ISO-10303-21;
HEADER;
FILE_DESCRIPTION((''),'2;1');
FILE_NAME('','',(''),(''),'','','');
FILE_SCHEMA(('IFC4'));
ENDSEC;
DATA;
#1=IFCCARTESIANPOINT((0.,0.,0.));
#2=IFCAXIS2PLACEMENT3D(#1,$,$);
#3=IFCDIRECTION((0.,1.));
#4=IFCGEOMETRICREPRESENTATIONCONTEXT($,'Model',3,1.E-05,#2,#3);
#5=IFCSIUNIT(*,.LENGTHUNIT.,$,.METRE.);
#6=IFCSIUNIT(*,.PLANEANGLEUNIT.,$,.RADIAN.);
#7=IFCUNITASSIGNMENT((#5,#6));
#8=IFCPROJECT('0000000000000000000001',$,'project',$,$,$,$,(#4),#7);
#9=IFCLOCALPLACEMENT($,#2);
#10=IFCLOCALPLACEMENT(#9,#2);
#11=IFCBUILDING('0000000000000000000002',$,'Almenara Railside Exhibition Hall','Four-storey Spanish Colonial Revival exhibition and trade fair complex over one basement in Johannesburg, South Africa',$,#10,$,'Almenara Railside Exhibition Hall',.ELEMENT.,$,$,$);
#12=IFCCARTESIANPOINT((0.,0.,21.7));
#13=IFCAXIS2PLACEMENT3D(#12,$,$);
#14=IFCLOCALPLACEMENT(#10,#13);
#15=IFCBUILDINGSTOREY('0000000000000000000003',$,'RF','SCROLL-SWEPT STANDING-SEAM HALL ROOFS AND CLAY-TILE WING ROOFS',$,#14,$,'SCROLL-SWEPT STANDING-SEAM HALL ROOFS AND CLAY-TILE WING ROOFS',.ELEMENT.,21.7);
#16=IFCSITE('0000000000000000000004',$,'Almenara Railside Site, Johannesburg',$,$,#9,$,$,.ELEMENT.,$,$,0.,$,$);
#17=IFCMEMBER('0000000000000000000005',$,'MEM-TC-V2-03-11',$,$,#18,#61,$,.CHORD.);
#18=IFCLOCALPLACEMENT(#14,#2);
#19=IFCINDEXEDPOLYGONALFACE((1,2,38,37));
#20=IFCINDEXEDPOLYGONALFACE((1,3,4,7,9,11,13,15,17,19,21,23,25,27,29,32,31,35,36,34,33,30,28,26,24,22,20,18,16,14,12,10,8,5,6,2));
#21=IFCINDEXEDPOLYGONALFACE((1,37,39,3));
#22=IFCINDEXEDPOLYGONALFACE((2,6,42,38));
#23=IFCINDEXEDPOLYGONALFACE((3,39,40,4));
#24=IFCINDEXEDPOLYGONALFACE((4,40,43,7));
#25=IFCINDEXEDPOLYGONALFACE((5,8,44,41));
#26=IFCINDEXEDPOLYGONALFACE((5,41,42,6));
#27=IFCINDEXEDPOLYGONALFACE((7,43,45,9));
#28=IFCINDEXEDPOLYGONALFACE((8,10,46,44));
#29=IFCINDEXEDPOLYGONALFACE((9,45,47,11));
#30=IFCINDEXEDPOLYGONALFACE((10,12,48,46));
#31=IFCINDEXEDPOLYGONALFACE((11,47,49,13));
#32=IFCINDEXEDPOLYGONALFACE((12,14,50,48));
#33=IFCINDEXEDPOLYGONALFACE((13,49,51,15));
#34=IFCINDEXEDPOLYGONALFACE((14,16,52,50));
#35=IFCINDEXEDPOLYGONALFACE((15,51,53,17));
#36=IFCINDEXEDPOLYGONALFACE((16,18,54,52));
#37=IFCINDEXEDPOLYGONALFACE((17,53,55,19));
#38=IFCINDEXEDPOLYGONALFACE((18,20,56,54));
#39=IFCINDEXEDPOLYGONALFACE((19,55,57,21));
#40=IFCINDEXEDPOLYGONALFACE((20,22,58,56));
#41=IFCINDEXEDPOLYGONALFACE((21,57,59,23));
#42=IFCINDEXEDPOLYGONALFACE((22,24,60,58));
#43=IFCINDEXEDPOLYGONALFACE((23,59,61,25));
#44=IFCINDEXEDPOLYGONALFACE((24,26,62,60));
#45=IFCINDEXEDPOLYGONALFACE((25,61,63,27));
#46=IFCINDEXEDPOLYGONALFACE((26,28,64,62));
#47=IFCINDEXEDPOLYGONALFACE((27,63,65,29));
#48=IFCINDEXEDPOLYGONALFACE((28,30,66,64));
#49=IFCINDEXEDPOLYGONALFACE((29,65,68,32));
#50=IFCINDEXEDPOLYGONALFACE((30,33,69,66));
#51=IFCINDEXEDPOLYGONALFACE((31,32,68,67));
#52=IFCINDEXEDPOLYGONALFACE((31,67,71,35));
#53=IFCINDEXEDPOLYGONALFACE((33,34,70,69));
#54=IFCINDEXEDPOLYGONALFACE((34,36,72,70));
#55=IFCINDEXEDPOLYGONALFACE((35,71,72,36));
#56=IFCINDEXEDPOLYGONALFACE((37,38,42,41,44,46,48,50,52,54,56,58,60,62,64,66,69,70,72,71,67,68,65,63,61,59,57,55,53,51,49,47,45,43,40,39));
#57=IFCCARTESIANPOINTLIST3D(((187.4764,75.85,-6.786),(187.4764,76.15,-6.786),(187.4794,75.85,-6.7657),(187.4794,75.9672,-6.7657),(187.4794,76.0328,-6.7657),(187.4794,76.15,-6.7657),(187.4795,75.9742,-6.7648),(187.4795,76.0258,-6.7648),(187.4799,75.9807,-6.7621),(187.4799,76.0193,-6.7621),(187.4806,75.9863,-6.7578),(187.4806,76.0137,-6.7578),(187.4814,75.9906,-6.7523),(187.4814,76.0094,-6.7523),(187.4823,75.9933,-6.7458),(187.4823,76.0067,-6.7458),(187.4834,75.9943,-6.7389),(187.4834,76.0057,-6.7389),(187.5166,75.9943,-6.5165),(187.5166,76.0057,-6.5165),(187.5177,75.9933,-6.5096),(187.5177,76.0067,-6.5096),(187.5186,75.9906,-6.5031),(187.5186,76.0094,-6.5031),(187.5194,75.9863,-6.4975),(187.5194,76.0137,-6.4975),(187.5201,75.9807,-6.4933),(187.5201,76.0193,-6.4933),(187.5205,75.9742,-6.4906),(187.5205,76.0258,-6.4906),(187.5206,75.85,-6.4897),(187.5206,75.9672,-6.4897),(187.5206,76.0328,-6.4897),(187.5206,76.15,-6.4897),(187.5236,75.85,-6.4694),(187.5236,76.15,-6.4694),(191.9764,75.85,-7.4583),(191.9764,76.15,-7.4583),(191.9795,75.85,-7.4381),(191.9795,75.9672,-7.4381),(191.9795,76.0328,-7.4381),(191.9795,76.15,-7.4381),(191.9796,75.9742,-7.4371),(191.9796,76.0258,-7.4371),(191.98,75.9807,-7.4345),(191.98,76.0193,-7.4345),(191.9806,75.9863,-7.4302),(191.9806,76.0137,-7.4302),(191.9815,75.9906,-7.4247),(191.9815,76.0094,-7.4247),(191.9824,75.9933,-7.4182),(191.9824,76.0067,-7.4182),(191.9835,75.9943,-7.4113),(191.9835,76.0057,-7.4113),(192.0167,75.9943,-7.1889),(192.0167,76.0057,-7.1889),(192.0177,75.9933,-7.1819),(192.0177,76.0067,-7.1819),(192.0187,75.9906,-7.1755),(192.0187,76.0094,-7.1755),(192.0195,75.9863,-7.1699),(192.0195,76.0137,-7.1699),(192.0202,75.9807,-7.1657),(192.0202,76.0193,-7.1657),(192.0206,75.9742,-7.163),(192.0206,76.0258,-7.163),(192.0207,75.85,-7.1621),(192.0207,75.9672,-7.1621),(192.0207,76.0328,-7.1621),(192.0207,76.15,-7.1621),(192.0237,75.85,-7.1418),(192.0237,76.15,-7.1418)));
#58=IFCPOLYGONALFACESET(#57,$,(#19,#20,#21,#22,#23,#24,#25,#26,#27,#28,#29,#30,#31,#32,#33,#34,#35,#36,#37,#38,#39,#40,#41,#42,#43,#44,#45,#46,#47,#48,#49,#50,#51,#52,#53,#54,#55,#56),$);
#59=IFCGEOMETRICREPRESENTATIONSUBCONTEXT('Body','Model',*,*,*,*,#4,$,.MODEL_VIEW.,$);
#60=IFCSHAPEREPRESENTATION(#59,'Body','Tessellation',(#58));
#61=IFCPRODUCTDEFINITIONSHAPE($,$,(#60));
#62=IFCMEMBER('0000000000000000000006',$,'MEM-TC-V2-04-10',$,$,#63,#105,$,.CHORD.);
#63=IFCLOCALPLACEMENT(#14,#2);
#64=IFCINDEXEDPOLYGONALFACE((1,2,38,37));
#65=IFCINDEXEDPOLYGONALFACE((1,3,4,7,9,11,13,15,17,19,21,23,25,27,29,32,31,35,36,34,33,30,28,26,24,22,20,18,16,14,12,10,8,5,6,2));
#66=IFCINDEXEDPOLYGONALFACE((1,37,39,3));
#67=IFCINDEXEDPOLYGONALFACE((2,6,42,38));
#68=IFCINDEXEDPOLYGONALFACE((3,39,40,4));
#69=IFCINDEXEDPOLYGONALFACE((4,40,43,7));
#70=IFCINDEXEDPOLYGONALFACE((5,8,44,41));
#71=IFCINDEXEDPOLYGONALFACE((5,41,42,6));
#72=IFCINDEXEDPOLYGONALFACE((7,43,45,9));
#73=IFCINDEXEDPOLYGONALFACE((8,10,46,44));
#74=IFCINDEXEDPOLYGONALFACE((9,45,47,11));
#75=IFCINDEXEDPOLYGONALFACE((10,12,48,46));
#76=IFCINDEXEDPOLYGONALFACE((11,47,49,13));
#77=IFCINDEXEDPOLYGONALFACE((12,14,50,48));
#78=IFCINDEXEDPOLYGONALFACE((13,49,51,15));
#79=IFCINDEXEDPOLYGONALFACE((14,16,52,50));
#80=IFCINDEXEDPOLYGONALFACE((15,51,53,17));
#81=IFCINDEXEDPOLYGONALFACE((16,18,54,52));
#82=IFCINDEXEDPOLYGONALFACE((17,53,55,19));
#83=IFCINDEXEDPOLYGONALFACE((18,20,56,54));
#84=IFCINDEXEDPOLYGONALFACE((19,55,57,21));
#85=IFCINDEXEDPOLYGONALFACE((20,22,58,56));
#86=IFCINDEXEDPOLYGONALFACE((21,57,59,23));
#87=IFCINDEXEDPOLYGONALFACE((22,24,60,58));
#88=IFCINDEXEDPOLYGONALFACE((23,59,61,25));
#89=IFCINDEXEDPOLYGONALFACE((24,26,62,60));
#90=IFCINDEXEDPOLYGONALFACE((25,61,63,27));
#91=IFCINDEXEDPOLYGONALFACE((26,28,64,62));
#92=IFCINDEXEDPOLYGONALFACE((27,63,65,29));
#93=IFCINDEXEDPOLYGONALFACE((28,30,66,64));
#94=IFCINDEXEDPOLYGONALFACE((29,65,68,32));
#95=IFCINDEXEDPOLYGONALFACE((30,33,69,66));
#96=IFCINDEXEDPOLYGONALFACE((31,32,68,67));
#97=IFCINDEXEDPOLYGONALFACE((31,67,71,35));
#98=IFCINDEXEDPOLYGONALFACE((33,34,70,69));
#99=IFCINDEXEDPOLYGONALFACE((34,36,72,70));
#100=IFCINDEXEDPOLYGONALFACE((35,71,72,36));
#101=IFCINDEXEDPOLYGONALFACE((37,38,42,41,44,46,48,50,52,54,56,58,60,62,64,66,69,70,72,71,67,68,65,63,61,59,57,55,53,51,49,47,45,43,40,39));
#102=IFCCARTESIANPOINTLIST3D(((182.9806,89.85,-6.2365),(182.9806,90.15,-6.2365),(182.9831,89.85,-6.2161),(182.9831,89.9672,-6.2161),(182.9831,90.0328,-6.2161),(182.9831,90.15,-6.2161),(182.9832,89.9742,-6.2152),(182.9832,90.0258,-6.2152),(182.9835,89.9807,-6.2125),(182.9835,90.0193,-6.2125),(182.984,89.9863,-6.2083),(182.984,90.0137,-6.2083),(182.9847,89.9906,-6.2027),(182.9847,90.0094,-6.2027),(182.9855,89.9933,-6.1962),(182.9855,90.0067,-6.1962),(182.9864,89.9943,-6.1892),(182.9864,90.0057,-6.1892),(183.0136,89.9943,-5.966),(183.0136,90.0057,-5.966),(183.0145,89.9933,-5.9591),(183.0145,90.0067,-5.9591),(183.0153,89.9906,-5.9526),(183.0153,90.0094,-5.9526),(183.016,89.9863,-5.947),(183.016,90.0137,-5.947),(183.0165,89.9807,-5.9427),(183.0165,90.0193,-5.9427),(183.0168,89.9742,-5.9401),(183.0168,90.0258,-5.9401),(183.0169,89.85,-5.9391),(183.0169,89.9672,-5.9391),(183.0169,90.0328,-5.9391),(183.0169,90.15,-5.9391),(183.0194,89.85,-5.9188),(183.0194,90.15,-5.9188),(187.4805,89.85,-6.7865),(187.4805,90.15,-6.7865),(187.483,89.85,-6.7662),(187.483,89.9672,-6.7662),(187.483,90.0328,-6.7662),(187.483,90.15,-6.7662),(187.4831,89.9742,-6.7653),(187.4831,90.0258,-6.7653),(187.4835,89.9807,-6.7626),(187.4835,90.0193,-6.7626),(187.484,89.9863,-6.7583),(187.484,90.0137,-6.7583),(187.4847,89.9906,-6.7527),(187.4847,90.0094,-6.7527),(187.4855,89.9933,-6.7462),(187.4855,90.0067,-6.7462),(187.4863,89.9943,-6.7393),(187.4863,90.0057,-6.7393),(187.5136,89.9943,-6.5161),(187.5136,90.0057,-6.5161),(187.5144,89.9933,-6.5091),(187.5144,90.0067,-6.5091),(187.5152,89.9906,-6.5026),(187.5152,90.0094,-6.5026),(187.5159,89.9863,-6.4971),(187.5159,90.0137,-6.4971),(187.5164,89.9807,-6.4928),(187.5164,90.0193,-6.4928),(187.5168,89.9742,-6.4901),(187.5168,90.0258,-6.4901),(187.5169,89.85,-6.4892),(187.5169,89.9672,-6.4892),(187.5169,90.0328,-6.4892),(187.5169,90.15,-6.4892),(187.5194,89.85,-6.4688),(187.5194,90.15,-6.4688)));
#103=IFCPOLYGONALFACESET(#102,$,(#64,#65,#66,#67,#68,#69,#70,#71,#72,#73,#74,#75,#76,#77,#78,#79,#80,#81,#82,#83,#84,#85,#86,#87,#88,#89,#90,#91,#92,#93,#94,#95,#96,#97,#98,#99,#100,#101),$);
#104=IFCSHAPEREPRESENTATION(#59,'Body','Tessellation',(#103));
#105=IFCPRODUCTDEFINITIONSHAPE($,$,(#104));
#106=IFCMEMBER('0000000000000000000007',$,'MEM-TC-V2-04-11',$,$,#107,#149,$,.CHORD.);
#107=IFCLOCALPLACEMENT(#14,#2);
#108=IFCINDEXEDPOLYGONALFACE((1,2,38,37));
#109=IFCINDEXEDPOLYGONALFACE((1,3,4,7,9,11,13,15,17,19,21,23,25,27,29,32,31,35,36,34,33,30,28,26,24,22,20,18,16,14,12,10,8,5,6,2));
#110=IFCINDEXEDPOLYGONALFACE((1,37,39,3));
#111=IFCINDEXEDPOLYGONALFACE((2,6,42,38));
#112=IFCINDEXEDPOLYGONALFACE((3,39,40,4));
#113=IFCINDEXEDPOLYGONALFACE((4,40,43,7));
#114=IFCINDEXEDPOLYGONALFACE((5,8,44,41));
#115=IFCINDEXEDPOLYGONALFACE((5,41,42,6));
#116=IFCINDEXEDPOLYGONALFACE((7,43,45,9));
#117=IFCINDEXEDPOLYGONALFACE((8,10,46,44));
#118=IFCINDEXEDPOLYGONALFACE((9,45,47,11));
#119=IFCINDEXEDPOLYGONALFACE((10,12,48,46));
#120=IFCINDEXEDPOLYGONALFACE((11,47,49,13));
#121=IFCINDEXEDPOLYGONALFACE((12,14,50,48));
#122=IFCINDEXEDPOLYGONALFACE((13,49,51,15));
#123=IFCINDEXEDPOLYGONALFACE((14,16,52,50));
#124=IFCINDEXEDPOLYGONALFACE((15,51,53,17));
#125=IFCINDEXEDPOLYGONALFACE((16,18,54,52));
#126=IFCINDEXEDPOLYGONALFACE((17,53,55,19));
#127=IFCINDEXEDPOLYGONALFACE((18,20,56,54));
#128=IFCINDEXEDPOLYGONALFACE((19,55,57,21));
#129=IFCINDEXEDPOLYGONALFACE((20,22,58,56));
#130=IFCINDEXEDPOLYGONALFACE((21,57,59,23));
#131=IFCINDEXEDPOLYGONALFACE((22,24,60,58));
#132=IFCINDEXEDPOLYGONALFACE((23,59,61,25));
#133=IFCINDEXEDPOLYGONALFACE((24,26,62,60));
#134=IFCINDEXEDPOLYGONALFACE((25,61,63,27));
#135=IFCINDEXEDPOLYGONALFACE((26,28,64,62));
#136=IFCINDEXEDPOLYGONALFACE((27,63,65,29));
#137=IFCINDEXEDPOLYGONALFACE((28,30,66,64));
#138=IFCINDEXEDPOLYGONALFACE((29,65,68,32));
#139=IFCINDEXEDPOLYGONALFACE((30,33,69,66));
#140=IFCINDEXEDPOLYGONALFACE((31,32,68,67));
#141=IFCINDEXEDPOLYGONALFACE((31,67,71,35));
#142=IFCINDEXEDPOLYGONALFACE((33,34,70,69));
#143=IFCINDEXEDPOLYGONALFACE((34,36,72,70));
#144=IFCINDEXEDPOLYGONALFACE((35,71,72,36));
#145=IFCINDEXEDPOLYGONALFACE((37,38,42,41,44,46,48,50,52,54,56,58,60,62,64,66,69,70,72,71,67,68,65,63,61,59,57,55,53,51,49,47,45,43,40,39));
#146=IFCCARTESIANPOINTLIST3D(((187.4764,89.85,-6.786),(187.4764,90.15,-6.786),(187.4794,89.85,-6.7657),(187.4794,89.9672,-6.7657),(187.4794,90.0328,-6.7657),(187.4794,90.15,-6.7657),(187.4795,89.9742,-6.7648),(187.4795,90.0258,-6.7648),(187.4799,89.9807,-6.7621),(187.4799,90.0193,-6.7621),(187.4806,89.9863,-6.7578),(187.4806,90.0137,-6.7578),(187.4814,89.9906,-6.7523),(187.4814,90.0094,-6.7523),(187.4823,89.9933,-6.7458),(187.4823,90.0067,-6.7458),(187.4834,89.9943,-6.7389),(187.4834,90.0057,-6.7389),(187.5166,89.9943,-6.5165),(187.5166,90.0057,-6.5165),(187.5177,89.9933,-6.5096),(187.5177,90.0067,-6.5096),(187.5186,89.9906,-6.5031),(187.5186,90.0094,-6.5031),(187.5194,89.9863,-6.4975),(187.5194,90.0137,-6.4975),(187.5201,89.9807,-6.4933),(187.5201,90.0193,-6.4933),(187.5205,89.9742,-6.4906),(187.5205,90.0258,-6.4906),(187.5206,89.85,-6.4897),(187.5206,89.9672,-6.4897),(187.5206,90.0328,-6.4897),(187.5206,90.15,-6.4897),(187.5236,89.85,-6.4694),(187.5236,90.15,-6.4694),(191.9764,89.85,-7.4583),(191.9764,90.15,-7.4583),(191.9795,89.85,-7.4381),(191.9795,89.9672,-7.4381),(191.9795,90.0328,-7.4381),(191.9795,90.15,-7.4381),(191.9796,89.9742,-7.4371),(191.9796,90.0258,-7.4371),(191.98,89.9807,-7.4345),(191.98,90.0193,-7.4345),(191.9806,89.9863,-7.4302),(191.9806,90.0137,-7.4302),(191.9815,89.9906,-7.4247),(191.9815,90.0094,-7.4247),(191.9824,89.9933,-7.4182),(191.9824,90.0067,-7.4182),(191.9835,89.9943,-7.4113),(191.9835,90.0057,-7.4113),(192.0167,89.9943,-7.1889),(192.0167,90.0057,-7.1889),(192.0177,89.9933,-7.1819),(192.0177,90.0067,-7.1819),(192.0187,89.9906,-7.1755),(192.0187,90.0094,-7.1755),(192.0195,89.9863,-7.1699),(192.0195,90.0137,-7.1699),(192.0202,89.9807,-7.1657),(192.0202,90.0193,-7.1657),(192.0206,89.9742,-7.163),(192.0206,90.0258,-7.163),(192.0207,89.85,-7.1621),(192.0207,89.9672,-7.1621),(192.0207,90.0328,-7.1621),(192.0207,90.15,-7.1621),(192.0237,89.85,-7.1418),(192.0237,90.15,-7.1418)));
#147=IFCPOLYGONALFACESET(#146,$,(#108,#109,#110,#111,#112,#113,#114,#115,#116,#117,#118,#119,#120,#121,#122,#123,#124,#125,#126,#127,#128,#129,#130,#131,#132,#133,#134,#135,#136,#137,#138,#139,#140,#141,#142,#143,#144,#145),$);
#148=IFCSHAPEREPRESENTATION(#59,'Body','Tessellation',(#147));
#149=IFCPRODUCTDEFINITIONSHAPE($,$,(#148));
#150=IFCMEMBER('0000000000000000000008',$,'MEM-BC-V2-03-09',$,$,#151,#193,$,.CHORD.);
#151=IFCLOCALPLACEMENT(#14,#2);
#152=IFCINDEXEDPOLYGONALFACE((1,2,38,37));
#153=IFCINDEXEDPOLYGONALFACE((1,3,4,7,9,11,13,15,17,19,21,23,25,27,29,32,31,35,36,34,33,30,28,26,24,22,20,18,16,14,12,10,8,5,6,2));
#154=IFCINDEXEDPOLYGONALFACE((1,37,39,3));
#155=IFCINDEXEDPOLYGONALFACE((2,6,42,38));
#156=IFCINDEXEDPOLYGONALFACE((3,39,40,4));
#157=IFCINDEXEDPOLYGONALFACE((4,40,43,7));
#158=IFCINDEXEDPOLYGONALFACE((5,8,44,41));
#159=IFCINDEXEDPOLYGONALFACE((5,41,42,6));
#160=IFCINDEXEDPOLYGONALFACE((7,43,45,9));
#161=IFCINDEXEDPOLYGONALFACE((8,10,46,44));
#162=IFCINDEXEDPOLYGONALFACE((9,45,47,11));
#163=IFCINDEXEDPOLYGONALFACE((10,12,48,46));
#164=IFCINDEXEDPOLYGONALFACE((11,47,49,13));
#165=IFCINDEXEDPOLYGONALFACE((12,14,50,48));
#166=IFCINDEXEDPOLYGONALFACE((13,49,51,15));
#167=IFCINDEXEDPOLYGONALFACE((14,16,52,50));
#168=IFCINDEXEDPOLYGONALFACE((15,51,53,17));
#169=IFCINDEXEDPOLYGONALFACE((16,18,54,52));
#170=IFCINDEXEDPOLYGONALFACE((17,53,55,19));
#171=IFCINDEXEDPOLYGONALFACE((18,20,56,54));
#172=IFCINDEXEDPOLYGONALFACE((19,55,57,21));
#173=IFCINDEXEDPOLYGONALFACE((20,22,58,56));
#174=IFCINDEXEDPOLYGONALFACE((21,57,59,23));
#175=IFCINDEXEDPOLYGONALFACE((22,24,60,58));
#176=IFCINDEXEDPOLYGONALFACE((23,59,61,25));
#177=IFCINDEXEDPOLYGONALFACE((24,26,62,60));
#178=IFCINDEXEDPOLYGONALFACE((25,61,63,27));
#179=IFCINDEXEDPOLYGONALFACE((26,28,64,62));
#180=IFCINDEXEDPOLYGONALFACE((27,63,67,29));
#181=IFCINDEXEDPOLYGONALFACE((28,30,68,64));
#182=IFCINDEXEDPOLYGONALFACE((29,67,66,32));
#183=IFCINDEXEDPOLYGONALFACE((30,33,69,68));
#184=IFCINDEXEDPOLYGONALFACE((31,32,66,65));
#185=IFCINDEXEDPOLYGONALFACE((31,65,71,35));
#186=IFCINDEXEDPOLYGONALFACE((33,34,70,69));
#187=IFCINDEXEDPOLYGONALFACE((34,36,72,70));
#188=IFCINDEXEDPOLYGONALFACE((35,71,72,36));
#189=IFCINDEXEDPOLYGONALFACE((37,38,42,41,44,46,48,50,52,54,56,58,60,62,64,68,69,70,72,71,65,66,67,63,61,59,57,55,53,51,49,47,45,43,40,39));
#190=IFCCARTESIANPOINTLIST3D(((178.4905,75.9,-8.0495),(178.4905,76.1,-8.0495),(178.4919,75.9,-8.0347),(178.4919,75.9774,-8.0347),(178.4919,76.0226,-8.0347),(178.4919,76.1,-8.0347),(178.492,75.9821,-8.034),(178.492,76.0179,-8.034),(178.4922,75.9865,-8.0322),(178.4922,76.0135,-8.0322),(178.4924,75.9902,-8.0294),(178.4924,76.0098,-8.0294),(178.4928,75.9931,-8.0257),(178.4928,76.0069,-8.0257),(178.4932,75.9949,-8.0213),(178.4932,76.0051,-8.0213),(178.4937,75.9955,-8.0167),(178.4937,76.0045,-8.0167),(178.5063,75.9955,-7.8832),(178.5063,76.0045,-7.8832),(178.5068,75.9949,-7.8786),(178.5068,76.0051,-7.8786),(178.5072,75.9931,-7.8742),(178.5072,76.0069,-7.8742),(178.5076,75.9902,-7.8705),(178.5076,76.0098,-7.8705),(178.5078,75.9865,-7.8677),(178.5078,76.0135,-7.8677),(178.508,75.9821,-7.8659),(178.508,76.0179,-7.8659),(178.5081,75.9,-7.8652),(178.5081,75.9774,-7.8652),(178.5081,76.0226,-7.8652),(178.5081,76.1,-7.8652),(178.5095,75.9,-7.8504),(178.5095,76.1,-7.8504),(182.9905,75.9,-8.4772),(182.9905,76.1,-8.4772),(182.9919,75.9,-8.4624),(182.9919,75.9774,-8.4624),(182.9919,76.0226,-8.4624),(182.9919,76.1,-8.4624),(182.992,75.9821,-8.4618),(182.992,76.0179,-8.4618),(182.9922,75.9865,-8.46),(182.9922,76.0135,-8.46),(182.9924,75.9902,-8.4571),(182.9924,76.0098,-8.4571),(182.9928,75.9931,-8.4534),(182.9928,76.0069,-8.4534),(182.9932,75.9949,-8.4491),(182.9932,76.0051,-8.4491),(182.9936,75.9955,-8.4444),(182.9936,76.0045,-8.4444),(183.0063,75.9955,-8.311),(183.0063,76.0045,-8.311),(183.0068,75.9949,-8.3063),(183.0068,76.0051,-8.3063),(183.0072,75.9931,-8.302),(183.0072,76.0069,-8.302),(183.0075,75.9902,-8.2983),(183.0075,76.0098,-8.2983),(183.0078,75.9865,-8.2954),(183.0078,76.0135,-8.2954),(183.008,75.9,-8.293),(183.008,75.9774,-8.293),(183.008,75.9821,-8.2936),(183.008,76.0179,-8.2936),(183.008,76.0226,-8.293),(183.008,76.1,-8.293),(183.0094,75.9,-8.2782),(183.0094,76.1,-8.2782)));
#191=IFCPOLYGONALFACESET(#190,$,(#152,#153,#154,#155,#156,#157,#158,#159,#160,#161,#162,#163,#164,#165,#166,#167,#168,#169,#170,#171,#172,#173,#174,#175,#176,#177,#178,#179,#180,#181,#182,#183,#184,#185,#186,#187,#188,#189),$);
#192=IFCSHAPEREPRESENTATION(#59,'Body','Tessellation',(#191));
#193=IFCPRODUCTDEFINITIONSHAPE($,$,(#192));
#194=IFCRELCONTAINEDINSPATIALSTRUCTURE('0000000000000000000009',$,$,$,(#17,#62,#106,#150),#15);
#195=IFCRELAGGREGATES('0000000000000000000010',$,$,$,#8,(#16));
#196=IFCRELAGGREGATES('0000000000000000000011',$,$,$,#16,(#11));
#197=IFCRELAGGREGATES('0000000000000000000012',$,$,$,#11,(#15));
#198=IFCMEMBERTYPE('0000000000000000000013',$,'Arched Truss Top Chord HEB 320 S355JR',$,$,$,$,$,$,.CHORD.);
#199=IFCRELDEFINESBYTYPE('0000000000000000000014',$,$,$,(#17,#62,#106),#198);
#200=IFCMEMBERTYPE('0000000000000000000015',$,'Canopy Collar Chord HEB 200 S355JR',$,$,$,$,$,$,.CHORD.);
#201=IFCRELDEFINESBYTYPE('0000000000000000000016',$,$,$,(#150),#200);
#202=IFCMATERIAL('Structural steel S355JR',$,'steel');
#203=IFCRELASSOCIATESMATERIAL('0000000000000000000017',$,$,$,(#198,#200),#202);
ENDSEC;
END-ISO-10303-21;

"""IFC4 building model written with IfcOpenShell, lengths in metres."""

from ifc_helpers import new_model, si_unit, direction, frame, origin, origin_2d, place, context, subcontext, project, spatial, i_section, extrude, material, material_profile, profile_set, type_object, element, save


model = new_model("IFC4")

# Units and contexts
model_context = context("Model", 3, precision=1e-05, world=origin(), true_north=direction((0.0, 1.0)))
body_context = subcontext(model_context, "Body", "Model", "MODEL_VIEW")
ifc_project = project(units=[si_unit("LENGTHUNIT", "METRE"), si_unit("PLANEANGLEUNIT", "RADIAN")], contexts=[model_context])

# Site, building, storey
site_placement = place(None, origin())
site = spatial("IfcSite", under=ifc_project, at=site_placement, Name="Almenara Railside Site, Johannesburg", CompositionType="ELEMENT", RefElevation=0.0)
building_placement = place(site_placement, origin())
building = spatial("IfcBuilding", under=site, at=building_placement, Name="Almenara Railside Exhibition Hall", Description="Four-storey Spanish Colonial Revival exhibition and trade fair complex over one basement in Johannesburg, South Africa", LongName="Almenara Railside Exhibition Hall", CompositionType="ELEMENT")
storey_placement = place(building_placement, frame((0.0, 0.0, 21.7)))
storey = spatial("IfcBuildingStorey", under=building, at=storey_placement, Name="RF", Description="SCROLL-SWEPT STANDING-SEAM HALL ROOFS AND CLAY-TILE WING ROOFS", LongName="SCROLL-SWEPT STANDING-SEAM HALL ROOFS AND CLAY-TILE WING ROOFS", CompositionType="ELEMENT", Elevation=21.7)

# Members
ifc_material_1 = material(Name="Structural steel S355JR", Category="steel")
ifc_material_profile_1 = material_profile(ifc_material_1, i_section(OverallWidth=0.3, OverallDepth=0.3201, WebThickness=0.0115, FlangeThickness=0.0205, FilletRadius=0.0271, at=origin_2d()), Name="HEB 320")
ifc_profile_set_1 = profile_set([ifc_material_profile_1], Name="Structural steel S355JR")
member_type_1 = type_object("IfcMemberType", Name="Arched Truss Top Chord HEB 320 S355JR", PredefinedType="CHORD", material=ifc_profile_set_1)
member_1_placement = place(storey_placement, frame((187.5, 76.0, -6.6277), z_axis=(0.989021, 0.0, -0.147774), x_axis=(0.0, 1.0, 0.0)))
element("IfcMember", 1, at=member_1_placement, inside=storey, type_object=member_type_1, Name="MEM-TC-V2-03-11", PredefinedType="CHORD", context=body_context, shape_type="SweptSolid", body=[
    extrude(i_section(OverallWidth=0.3, OverallDepth=0.3201, WebThickness=0.0115, FlangeThickness=0.0205, FilletRadius=0.0271, at=origin_2d()), origin(), (0.0, 0.0, 1.0), 4.55),
])
member_2_placement = place(storey_placement, frame((183.0, 90.0, -6.0776), z_axis=(0.992612, 0.0, -0.12133), x_axis=(0.0, 1.0, 0.0)))
element("IfcMember", 2, at=member_2_placement, inside=storey, type_object=member_type_1, Name="MEM-TC-V2-04-10", PredefinedType="CHORD", context=body_context, shape_type="SweptSolid", body=[
    extrude(i_section(OverallWidth=0.3, OverallDepth=0.3201, WebThickness=0.0115, FlangeThickness=0.0205, FilletRadius=0.0271, at=origin_2d()), origin(), (0.0, 0.0, 1.0), 4.5334),
])
member_3_placement = place(storey_placement, frame((187.5, 90.0, -6.6277), z_axis=(0.989021, 0.0, -0.147774), x_axis=(0.0, 1.0, 0.0)))
element("IfcMember", 3, at=member_3_placement, inside=storey, type_object=member_type_1, Name="MEM-TC-V2-04-11", PredefinedType="CHORD", context=body_context, shape_type="SweptSolid", body=[
    extrude(i_section(OverallWidth=0.3, OverallDepth=0.3201, WebThickness=0.0115, FlangeThickness=0.0205, FilletRadius=0.0271, at=origin_2d()), origin(), (0.0, 0.0, 1.0), 4.55),
])
ifc_material_profile_2 = material_profile(ifc_material_1, i_section(OverallWidth=0.2, OverallDepth=0.2, WebThickness=0.009, FlangeThickness=0.0149, FilletRadius=0.0181, at=origin_2d()), Name="HEB 200")
ifc_profile_set_2 = profile_set([ifc_material_profile_2], Name="Structural steel S355JR")
member_type_2 = type_object("IfcMemberType", Name="Canopy Collar Chord HEB 200 S355JR", PredefinedType="CHORD", material=ifc_profile_set_2)
member_4_placement = place(storey_placement, frame((178.5, 76.0, -7.95), z_axis=(0.995513, 0.0, -0.094626), x_axis=(0.0, 1.0, 0.0)))
element("IfcMember", 4, at=member_4_placement, inside=storey, type_object=member_type_2, Name="MEM-BC-V2-03-09", PredefinedType="CHORD", context=body_context, shape_type="SweptSolid", body=[
    extrude(i_section(OverallWidth=0.2, OverallDepth=0.2, WebThickness=0.009, FlangeThickness=0.0149, FilletRadius=0.0181, at=origin_2d()), origin(), (0.0, 0.0, 1.0), 4.5203),
])

save(model, "model.ifc")
